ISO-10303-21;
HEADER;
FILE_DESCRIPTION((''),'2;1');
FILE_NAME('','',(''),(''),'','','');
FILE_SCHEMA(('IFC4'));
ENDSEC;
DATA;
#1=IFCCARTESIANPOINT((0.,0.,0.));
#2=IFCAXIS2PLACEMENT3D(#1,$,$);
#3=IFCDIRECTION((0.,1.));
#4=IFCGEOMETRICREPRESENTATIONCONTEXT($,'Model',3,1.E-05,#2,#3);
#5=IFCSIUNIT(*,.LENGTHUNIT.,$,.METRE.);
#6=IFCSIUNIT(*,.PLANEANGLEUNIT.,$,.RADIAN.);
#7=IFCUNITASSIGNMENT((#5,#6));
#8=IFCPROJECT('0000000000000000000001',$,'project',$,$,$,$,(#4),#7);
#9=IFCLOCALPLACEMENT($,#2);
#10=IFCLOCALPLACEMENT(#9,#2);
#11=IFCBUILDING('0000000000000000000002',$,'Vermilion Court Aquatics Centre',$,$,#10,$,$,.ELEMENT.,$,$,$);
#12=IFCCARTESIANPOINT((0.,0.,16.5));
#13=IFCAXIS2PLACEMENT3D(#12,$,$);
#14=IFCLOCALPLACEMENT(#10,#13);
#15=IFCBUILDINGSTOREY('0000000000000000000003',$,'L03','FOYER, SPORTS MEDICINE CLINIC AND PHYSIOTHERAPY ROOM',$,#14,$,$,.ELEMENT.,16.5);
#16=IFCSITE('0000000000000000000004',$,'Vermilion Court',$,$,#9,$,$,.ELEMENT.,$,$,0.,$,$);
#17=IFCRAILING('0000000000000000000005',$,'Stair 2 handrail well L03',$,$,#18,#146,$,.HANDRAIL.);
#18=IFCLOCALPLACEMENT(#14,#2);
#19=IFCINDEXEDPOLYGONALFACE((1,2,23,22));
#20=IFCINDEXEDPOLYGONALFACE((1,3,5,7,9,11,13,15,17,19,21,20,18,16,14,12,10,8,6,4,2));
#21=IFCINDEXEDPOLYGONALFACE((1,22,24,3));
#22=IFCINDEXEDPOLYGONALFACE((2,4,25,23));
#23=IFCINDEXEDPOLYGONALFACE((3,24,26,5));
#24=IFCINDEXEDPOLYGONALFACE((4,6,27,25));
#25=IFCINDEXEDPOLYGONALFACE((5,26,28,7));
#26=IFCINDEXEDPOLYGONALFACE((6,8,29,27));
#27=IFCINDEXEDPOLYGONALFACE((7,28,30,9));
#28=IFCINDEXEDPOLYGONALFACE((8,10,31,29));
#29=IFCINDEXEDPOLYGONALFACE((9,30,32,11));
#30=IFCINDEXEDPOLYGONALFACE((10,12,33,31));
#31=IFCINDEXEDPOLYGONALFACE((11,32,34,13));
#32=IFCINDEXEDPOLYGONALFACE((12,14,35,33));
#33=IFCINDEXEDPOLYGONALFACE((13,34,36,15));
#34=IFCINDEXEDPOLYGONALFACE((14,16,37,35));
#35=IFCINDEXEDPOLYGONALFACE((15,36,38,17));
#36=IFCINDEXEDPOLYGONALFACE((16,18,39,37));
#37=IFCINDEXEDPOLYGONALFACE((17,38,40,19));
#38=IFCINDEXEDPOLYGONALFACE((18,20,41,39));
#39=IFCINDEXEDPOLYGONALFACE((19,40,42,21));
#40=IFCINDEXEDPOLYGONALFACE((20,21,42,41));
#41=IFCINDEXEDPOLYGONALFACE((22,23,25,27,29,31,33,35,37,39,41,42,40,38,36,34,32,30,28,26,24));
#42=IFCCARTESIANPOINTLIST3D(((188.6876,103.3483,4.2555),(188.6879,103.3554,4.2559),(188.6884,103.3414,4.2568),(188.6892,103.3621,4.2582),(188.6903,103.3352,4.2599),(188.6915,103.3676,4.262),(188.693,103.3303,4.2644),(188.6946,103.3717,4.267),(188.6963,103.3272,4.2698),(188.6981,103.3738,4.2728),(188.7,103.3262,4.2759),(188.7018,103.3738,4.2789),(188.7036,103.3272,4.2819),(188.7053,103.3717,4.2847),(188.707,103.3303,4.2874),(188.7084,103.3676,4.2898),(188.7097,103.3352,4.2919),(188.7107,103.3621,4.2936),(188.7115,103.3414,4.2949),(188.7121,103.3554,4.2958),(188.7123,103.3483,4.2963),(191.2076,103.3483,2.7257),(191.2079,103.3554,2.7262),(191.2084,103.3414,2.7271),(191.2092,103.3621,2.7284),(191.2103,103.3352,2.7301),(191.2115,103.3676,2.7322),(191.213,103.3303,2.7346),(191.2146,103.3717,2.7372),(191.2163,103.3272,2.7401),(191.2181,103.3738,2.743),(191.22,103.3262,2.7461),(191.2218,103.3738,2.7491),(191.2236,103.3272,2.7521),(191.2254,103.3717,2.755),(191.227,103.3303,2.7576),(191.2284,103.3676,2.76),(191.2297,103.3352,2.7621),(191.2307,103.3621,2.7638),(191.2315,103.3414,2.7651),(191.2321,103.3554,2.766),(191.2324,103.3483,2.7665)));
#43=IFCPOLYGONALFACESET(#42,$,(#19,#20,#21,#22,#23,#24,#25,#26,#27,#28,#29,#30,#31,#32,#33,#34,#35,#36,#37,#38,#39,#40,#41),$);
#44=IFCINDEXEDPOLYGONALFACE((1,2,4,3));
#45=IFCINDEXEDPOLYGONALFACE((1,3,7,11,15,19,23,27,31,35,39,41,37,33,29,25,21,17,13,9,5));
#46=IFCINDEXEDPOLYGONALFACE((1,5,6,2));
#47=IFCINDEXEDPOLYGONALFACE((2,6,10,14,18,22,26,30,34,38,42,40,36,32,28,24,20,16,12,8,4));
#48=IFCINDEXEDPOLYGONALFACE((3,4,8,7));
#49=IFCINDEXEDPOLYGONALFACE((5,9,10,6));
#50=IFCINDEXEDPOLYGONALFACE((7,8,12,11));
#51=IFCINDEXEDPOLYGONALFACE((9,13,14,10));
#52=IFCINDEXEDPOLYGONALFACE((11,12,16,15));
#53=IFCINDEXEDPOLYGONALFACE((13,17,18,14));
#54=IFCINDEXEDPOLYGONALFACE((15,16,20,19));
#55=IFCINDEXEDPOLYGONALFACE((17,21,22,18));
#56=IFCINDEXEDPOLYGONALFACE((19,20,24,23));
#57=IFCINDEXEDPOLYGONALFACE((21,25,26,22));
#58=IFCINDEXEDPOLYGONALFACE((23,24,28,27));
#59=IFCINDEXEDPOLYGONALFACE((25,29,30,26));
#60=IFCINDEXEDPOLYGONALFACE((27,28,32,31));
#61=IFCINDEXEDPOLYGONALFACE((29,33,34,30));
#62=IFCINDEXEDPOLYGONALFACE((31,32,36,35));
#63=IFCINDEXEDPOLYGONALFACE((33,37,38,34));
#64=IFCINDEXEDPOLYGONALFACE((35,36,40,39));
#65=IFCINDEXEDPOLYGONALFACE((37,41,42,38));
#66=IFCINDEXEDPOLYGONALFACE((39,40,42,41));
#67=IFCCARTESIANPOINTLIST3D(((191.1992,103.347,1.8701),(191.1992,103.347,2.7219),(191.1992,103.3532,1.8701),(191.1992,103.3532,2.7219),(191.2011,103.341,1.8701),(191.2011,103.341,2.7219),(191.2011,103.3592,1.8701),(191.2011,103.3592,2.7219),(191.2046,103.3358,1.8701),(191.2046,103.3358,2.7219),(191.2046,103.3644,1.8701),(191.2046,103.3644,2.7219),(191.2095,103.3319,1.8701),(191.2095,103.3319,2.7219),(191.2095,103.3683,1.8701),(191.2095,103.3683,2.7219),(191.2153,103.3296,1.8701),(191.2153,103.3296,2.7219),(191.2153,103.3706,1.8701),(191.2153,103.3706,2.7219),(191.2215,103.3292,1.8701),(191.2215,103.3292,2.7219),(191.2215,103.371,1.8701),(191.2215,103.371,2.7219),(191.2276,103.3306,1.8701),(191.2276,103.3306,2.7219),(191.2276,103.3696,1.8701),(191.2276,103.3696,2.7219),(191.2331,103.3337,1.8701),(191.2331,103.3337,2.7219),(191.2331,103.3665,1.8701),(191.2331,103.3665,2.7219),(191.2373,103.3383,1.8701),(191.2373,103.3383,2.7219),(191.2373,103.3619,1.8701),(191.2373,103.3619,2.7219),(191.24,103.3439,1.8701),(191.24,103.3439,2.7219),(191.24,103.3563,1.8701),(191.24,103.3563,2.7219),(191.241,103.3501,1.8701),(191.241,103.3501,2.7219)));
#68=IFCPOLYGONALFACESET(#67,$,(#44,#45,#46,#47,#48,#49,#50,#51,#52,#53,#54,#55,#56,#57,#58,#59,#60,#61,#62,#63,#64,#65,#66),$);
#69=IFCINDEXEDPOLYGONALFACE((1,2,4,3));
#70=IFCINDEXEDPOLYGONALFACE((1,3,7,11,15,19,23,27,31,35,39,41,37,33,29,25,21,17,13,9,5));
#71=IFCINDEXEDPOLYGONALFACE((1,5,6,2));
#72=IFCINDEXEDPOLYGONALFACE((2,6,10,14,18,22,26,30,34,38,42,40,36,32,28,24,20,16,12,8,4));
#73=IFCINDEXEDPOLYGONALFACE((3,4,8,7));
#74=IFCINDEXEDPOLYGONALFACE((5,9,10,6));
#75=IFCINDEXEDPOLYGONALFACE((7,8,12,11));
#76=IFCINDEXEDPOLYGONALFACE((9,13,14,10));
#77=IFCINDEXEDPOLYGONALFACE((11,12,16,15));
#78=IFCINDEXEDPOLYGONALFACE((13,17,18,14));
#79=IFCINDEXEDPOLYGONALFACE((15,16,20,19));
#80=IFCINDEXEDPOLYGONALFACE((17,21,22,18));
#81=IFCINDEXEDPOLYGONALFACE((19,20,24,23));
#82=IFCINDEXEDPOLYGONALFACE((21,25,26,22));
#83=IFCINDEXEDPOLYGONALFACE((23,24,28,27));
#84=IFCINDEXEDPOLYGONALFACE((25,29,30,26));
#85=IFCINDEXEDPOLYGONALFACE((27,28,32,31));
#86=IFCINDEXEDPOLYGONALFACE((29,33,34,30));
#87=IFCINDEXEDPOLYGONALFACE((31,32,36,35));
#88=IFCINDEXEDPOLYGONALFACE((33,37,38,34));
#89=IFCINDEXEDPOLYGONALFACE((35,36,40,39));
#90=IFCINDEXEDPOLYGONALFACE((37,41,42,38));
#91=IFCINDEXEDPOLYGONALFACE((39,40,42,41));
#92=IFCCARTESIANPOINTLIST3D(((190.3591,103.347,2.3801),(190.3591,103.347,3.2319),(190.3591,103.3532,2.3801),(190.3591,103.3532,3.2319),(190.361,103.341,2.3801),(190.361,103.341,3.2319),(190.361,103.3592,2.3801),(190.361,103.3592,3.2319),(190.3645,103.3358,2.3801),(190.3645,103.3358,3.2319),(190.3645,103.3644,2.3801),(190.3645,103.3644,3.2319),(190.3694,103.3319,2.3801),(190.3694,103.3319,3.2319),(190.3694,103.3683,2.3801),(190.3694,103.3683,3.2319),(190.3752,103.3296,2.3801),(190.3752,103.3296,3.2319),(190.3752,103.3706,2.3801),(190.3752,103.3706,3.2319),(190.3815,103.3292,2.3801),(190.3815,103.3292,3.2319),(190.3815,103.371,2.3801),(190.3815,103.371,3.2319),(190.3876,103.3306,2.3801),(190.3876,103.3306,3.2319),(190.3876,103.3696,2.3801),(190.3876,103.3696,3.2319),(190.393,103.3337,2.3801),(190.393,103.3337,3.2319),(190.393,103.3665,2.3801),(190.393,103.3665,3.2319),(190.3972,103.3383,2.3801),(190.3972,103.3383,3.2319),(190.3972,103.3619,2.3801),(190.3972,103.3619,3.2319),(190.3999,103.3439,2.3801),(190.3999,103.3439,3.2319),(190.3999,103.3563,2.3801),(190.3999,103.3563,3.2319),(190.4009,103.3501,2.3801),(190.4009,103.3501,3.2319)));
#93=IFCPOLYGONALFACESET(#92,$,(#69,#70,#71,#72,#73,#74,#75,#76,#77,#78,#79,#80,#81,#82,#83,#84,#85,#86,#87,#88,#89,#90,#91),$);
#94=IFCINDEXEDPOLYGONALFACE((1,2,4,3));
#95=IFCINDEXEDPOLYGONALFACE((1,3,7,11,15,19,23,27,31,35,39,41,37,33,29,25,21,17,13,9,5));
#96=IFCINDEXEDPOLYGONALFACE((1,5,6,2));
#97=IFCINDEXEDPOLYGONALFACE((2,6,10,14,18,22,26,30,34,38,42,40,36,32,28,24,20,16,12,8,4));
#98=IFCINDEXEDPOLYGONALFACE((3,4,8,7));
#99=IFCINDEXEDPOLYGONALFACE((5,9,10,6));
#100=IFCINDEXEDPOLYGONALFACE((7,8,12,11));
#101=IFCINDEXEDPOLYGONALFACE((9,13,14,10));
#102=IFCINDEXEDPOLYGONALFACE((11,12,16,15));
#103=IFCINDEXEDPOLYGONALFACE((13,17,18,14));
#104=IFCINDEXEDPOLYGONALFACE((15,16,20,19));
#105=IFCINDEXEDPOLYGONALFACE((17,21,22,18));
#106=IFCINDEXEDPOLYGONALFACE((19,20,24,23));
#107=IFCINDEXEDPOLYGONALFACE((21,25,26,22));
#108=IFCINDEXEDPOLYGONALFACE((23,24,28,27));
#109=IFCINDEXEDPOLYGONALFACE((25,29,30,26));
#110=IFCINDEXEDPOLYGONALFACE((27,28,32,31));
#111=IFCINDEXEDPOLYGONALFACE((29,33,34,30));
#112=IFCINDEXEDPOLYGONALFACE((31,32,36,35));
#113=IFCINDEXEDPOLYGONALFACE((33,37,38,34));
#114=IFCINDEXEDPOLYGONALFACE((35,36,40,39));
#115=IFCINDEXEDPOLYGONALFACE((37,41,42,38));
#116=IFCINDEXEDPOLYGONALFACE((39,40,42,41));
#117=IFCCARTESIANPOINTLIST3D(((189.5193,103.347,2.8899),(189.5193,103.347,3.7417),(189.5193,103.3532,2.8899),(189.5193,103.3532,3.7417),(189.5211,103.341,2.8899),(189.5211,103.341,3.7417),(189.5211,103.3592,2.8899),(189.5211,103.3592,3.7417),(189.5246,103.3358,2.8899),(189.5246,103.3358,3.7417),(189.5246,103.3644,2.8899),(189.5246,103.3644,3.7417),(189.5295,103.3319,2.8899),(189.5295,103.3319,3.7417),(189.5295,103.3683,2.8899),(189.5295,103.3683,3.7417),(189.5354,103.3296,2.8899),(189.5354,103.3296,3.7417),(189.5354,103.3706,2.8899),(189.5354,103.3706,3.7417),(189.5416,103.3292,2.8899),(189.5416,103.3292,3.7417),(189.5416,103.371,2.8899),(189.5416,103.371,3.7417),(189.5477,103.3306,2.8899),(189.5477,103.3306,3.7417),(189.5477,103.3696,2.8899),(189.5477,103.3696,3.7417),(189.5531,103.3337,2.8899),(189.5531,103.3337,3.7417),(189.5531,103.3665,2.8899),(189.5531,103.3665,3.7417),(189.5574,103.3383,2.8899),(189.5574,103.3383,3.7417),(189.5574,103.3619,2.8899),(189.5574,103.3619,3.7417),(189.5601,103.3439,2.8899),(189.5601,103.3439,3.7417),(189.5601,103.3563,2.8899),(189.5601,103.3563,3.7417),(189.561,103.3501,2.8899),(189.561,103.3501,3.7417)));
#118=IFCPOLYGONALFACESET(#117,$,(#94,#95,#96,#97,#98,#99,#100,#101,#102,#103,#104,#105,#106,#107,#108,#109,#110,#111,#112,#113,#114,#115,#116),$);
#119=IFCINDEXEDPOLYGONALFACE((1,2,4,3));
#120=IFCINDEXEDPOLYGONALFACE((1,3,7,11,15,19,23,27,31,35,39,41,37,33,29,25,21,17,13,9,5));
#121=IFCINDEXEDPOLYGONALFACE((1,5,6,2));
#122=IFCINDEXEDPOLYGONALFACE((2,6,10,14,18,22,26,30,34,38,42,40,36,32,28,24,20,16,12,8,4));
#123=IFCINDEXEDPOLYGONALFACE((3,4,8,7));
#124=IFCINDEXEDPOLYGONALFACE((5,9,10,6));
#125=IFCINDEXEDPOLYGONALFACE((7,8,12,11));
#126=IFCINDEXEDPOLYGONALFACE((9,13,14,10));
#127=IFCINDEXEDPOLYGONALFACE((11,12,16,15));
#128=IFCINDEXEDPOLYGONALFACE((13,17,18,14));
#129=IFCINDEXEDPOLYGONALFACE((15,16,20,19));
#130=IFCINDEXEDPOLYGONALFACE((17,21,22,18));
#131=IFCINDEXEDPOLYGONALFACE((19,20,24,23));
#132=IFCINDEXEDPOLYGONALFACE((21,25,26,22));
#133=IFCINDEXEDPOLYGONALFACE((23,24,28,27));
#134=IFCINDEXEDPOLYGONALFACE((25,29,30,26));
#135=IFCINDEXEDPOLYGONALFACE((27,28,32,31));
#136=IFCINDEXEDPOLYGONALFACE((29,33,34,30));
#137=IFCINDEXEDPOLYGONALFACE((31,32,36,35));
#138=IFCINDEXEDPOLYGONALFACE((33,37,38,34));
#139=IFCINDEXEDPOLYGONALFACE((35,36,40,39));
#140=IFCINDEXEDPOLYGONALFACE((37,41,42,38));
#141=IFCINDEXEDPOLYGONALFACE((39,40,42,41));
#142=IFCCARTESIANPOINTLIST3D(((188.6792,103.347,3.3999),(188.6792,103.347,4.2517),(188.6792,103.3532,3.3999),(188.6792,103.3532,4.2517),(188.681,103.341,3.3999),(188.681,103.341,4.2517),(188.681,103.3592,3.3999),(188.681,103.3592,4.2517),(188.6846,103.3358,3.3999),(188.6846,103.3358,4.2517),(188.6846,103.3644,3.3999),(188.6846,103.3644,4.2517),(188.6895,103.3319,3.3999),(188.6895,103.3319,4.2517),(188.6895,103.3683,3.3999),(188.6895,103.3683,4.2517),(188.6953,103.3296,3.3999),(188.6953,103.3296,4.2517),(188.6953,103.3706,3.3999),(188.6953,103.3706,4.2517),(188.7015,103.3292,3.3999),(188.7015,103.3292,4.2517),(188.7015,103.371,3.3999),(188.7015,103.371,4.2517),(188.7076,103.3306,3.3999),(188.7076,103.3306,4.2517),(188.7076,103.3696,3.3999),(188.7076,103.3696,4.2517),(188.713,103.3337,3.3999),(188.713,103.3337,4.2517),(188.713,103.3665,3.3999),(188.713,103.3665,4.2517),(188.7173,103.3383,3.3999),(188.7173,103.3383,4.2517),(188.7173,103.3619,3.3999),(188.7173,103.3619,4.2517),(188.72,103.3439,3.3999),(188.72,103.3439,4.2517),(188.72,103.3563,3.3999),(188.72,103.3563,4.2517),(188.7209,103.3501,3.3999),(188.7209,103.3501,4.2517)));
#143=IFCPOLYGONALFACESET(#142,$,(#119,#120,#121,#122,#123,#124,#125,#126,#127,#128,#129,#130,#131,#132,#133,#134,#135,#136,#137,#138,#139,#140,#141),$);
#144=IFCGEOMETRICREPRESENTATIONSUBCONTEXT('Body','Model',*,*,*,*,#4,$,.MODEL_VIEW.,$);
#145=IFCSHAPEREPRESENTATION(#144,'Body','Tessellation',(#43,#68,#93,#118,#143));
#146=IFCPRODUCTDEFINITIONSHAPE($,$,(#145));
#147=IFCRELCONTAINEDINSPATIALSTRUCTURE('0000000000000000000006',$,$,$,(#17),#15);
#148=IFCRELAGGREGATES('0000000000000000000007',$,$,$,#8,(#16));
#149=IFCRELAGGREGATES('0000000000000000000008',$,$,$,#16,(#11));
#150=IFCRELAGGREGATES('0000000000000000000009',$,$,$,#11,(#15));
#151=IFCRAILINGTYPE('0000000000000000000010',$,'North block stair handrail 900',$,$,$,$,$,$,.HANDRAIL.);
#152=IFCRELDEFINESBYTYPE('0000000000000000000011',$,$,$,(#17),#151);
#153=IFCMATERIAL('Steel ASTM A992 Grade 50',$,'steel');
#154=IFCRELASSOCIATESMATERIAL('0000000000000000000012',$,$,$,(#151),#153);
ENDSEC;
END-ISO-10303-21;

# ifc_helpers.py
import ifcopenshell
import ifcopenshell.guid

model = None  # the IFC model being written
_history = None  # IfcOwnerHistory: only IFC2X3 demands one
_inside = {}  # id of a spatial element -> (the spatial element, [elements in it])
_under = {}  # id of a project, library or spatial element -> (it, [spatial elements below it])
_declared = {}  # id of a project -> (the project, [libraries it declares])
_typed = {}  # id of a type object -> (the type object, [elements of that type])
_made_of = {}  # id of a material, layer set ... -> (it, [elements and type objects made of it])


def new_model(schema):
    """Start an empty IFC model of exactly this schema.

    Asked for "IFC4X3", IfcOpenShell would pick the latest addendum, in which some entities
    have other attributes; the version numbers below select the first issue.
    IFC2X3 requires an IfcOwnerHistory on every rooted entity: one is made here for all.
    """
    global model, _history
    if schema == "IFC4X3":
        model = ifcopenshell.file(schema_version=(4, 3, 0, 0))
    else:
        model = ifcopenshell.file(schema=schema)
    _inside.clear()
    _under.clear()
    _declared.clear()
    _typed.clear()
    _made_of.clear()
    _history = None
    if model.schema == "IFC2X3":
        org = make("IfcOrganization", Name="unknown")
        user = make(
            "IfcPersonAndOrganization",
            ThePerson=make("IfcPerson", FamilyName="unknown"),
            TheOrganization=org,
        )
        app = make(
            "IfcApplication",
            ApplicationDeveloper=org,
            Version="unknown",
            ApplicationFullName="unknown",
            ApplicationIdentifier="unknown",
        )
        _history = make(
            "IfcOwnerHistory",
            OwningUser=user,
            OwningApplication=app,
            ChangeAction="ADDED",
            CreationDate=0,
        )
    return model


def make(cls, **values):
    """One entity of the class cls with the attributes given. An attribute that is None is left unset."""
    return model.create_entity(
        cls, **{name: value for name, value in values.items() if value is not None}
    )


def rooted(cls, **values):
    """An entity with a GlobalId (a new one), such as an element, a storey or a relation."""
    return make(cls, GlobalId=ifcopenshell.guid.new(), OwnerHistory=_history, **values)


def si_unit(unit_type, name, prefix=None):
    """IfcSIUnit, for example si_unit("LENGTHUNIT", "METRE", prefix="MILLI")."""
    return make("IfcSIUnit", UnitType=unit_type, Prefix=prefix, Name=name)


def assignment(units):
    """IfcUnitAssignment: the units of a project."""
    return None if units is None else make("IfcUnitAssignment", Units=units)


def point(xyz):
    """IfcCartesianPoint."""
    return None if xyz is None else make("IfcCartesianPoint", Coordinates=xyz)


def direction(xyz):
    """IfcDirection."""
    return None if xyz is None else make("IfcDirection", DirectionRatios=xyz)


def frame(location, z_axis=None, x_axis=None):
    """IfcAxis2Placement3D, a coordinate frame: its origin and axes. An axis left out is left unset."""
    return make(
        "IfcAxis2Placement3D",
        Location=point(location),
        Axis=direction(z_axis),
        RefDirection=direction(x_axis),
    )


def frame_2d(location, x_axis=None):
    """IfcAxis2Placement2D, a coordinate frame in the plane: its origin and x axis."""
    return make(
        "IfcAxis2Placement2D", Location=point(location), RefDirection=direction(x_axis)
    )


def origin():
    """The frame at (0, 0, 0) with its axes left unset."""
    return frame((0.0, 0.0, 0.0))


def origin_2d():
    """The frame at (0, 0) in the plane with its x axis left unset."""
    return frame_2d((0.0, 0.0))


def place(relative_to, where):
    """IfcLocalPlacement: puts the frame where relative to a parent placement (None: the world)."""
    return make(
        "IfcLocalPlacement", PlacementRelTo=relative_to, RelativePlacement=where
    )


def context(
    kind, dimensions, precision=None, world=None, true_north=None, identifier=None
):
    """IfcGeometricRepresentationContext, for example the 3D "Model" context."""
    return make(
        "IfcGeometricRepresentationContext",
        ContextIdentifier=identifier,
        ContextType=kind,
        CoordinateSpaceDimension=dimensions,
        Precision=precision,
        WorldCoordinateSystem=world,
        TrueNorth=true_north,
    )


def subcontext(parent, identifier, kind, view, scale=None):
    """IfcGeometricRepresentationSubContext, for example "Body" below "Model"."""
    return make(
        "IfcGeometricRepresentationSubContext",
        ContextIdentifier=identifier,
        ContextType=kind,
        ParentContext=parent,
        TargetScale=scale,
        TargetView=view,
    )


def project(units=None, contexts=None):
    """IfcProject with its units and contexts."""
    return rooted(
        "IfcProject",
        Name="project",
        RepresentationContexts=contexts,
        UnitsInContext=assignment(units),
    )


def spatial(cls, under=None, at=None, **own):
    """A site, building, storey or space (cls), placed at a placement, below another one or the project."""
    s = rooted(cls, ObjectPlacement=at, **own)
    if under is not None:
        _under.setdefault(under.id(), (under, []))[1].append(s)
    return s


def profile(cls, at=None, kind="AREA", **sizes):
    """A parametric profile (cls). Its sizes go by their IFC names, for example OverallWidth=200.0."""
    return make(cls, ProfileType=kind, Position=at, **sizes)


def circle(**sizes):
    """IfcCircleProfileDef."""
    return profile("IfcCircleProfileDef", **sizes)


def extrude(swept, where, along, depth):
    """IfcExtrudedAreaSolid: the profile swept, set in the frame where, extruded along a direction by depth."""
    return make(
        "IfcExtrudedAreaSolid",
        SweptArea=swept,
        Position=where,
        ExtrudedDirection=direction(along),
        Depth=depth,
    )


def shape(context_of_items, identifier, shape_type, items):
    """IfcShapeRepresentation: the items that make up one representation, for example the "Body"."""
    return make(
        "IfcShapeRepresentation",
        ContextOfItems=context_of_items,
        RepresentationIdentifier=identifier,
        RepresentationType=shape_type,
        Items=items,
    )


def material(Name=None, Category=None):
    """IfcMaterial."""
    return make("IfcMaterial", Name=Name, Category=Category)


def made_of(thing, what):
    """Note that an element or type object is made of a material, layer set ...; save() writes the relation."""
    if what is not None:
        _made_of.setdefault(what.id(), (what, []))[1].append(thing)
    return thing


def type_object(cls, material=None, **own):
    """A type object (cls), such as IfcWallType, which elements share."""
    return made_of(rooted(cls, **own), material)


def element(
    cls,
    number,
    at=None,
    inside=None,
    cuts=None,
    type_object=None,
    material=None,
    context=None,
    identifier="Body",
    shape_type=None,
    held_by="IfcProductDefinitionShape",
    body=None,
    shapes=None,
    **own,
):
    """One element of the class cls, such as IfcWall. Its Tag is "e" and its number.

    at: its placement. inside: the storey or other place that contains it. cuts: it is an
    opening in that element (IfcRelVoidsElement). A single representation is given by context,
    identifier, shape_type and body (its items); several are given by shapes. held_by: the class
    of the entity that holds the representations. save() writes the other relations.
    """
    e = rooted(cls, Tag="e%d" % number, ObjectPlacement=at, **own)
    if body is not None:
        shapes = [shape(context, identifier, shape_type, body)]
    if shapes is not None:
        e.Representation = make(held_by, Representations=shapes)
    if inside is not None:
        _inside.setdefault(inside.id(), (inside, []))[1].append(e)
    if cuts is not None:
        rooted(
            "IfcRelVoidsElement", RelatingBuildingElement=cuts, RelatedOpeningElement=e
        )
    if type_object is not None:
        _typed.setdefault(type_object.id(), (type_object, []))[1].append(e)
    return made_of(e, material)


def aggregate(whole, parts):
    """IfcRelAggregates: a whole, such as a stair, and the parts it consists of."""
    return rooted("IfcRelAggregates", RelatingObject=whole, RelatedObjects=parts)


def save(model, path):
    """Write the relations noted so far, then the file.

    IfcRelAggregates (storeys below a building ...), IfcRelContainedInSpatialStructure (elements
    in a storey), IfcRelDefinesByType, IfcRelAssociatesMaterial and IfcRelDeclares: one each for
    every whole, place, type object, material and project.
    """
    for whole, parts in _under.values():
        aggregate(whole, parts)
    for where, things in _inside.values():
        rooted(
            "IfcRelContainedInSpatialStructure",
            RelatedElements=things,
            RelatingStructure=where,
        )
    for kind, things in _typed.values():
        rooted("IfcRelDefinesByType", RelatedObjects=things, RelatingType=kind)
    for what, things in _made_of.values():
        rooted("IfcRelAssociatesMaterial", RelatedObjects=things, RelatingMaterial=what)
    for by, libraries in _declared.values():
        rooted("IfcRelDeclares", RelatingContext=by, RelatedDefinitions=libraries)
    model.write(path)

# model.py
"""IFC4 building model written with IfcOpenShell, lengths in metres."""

from ifc_helpers import new_model, si_unit, direction, frame, origin, origin_2d, place, context, subcontext, project, spatial, circle, extrude, material, type_object, element, save


model = new_model("IFC4")

# Units and contexts
model_context = context("Model", 3, precision=1e-05, world=origin(), true_north=direction((0.0, 1.0)))
body_context = subcontext(model_context, "Body", "Model", "MODEL_VIEW")
ifc_project = project(units=[si_unit("LENGTHUNIT", "METRE"), si_unit("PLANEANGLEUNIT", "RADIAN")], contexts=[model_context])

# Site, building, storey
site_placement = place(None, origin())
site = spatial("IfcSite", under=ifc_project, at=site_placement, Name="Vermilion Court", CompositionType="ELEMENT", RefElevation=0.0)
building_placement = place(site_placement, origin())
building = spatial("IfcBuilding", under=site, at=building_placement, Name="Vermilion Court Aquatics Centre", CompositionType="ELEMENT")
storey_placement = place(building_placement, frame((0.0, 0.0, 16.5)))
storey = spatial("IfcBuildingStorey", under=building, at=storey_placement, Name="L03", Description="FOYER, SPORTS MEDICINE CLINIC AND PHYSIOTHERAPY ROOM", CompositionType="ELEMENT", Elevation=16.5)

# Railing
ifc_material_1 = material(Name="Steel ASTM A992 Grade 50", Category="steel")
railing_type_1 = type_object("IfcRailingType", Name="North block stair handrail 900", PredefinedType="HANDRAIL", material=ifc_material_1)
for number, where, name in (
    (1, (191.22, 103.3501, 1.8701), "Stair 2 handrail well L03"),
):
    element("IfcRailing", number, at=place(storey_placement, frame(where)), inside=storey, type_object=railing_type_1, Name=name, PredefinedType="HANDRAIL", context=body_context, shape_type="SweptSolid", body=[
        extrude(circle(Radius=0.0239, at=origin_2d()), frame((0.0, 0.0, 0.876), z_axis=(-0.854822, 0.0, 0.518922), x_axis=(0.0, -1.0, 0.0)), (0.0, 0.0, 1.0), 2.948),
        extrude(circle(Radius=0.021, at=origin_2d()), origin(), (0.0, 0.0, 1.0), 0.8518),
        extrude(circle(Radius=0.021, at=origin_2d()), frame((-0.8401, 0.0, 0.51)), (0.0, 0.0, 1.0), 0.8518),
        extrude(circle(Radius=0.021, at=origin_2d()), frame((-1.6799, 0.0, 1.0198)), (0.0, 0.0, 1.0), 0.8518),
        extrude(circle(Radius=0.021, at=origin_2d()), frame((-2.52, 0.0, 1.5298)), (0.0, 0.0, 1.0), 0.8518),
    ])

save(model, "model.ifc")
